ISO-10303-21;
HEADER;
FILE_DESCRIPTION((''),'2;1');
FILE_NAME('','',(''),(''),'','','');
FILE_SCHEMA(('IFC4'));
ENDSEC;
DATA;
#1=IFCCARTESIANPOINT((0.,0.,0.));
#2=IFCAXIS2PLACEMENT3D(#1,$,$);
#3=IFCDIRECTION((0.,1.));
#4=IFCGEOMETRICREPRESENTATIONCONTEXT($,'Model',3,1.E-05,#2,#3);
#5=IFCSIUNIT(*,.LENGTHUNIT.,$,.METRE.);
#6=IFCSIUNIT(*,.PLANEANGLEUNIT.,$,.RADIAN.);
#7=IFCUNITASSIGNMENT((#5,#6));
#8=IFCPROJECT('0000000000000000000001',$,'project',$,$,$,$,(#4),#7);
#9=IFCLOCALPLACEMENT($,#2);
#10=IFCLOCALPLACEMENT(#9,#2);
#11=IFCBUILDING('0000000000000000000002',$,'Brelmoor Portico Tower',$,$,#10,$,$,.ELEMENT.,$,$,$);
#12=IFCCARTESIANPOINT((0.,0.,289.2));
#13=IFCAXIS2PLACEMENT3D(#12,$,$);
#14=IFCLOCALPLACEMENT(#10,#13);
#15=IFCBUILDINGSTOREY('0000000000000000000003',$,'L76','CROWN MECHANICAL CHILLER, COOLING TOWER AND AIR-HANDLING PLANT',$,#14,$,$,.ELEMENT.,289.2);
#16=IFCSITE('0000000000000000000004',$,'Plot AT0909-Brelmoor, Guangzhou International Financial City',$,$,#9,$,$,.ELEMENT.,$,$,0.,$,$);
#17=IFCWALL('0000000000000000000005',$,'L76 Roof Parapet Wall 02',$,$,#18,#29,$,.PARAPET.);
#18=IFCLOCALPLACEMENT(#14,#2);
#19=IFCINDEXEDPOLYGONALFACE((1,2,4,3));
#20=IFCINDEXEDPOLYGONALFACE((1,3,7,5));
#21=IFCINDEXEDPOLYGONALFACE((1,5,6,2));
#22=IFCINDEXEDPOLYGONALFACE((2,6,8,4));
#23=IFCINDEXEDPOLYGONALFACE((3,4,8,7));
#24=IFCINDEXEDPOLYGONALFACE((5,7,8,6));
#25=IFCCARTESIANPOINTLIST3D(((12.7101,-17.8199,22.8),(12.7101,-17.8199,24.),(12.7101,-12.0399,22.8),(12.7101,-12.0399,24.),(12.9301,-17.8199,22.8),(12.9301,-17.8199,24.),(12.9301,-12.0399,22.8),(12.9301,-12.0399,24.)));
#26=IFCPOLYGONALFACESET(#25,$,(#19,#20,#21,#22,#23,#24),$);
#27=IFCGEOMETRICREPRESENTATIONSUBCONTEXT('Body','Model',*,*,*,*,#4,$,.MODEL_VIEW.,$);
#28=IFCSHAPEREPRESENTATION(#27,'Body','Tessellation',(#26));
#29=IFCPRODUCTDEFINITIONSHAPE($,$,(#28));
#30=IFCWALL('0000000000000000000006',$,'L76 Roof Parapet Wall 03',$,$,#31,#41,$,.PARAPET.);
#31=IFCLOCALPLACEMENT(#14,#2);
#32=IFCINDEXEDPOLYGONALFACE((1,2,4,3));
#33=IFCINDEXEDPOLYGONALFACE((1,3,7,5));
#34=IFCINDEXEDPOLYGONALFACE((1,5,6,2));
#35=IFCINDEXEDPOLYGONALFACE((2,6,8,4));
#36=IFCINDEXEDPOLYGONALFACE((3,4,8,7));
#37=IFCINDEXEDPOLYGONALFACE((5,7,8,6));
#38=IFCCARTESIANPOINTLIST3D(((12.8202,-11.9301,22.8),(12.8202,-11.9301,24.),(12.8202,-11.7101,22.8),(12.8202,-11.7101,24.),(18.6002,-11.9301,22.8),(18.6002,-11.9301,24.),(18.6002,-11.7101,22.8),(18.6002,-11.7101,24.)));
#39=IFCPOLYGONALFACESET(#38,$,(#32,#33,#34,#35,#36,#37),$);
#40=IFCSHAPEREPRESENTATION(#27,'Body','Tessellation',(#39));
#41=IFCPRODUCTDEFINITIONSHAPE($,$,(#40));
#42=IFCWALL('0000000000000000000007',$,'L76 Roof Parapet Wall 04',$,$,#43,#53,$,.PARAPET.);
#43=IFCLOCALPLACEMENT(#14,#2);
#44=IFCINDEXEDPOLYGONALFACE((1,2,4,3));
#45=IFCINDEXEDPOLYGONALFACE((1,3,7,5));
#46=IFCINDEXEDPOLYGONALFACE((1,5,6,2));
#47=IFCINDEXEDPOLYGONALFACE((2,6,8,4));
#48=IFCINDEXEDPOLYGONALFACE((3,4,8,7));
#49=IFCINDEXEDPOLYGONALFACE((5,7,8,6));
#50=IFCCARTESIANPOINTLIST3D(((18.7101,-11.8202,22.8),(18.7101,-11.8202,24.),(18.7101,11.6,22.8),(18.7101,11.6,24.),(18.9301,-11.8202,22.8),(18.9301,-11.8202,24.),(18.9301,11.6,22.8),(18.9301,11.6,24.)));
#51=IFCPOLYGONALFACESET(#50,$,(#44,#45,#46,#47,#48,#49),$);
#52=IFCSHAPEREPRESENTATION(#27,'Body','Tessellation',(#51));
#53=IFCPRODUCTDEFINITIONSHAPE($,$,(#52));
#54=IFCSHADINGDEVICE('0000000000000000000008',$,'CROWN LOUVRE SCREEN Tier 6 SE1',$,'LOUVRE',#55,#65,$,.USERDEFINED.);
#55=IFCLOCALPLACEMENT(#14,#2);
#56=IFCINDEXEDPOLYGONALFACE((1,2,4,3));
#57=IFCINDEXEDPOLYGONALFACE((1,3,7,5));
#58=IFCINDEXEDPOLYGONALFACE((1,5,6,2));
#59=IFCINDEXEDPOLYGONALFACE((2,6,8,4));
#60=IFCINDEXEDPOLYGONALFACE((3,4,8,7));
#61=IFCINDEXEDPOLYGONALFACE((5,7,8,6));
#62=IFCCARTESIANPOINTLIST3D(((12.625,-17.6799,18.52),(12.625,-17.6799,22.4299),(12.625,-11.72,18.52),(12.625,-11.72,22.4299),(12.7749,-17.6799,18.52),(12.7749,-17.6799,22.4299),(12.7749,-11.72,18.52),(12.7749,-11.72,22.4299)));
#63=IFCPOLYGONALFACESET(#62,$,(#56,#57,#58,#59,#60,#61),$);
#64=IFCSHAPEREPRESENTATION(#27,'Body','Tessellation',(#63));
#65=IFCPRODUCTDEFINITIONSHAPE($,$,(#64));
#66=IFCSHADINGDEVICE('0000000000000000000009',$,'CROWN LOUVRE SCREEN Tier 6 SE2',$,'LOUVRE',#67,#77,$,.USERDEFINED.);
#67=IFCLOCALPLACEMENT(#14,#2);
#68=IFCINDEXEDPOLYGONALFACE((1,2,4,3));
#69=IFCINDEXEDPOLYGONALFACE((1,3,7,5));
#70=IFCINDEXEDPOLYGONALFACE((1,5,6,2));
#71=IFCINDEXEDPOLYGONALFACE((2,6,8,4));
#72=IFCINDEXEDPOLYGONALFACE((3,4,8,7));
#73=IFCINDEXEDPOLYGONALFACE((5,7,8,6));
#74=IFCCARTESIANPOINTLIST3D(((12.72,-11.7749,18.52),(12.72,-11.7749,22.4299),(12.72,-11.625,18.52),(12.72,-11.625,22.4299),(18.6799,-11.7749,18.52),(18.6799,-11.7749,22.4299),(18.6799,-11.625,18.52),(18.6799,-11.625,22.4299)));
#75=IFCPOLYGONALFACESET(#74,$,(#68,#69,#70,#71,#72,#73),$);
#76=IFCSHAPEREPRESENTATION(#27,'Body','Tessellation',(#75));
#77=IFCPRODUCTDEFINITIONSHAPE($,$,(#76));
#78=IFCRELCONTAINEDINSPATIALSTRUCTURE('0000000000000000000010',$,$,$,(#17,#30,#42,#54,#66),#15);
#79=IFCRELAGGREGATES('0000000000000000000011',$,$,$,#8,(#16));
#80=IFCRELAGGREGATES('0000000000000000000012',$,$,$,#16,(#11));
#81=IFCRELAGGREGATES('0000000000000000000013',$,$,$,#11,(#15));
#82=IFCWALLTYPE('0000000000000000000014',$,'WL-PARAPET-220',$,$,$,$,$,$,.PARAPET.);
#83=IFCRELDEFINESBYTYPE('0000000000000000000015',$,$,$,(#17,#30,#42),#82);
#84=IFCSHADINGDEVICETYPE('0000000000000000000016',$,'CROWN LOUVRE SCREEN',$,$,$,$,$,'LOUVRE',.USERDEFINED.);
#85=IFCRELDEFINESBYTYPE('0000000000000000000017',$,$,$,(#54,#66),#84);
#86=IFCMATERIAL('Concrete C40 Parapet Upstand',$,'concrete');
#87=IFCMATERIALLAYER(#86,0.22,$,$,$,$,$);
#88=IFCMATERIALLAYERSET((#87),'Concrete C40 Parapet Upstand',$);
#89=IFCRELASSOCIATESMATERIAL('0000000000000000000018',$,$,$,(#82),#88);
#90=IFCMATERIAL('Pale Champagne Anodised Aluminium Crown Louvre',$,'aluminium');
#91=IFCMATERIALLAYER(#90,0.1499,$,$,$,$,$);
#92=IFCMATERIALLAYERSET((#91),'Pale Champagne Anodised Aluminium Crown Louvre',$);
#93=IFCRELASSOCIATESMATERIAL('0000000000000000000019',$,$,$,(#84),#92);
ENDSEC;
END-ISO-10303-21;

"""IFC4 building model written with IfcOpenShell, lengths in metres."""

from ifc_helpers import new_model, si_unit, direction, frame, frame_2d, origin, origin_2d, place, context, subcontext, project, spatial, rectangle, extrude, material, layer, layer_set, type_object, element, save


model = new_model("IFC4")

# Units and contexts
model_context = context("Model", 3, precision=1e-05, world=origin(), true_north=direction((0.0, 1.0)))
body_context = subcontext(model_context, "Body", "Model", "MODEL_VIEW")
ifc_project = project(units=[si_unit("LENGTHUNIT", "METRE"), si_unit("PLANEANGLEUNIT", "RADIAN")], contexts=[model_context])

# Site, building, storey
site_placement = place(None, origin())
site = spatial("IfcSite", under=ifc_project, at=site_placement, Name="Plot AT0909-Brelmoor, Guangzhou International Financial City", CompositionType="ELEMENT", RefElevation=0.0)
building_placement = place(site_placement, origin())
building = spatial("IfcBuilding", under=site, at=building_placement, Name="Brelmoor Portico Tower", CompositionType="ELEMENT")
storey_placement = place(building_placement, frame((0.0, 0.0, 289.2)))
storey = spatial("IfcBuildingStorey", under=building, at=storey_placement, Name="L76", Description="CROWN MECHANICAL CHILLER, COOLING TOWER AND AIR-HANDLING PLANT", CompositionType="ELEMENT", Elevation=289.2)

# Walls
ifc_material_1 = material(Name="Concrete C40 Parapet Upstand", Category="concrete")
ifc_layer_1 = layer(ifc_material_1, 0.22)
ifc_layer_set_1 = layer_set([ifc_layer_1], Name="Concrete C40 Parapet Upstand")
wall_type = type_object("IfcWallType", Name="WL-PARAPET-220", PredefinedType="PARAPET", material=ifc_layer_set_1)
for number, where, z_axis, x_axis, name in (
    (1, (12.8201, -17.8201, 22.8), (0.0, 0.0, 1.0), (0.0, 1.0, 0.0), "L76 Roof Parapet Wall 02"),
    (2, (12.8201, -11.8201, 22.8), (0.0, 0.0, 1.0), (1.0, 0.0, 0.0), "L76 Roof Parapet Wall 03"),
):
    element("IfcWall", number, at=place(storey_placement, frame(where, z_axis=z_axis, x_axis=x_axis)), inside=storey, type_object=wall_type, Name=name, PredefinedType="PARAPET", context=body_context, shape_type="SweptSolid", body=[
        extrude(rectangle(XDim=5.78, YDim=0.22, at=frame_2d((2.8901, 0.0))), origin(), (0.0, 0.0, 1.0), 1.2),
    ])
wall_placement = place(storey_placement, frame((18.8201, -11.8201, 22.8), z_axis=(0.0, 0.0, 1.0), x_axis=(0.0, 1.0, 0.0)))
element("IfcWall", 3, at=wall_placement, inside=storey, type_object=wall_type, Name="L76 Roof Parapet Wall 04", PredefinedType="PARAPET", context=body_context, shape_type="SweptSolid", body=[
    extrude(rectangle(XDim=23.4202, YDim=0.22, at=frame_2d((11.71, 0.0))), origin(), (0.0, 0.0, 1.0), 1.2),
])

# Shading devices
ifc_material_2 = material(Name="Pale Champagne Anodised Aluminium Crown Louvre", Category="aluminium")
ifc_layer_2 = layer(ifc_material_2, 0.1499)
ifc_layer_set_2 = layer_set([ifc_layer_2], Name="Pale Champagne Anodised Aluminium Crown Louvre")
shading_device_type = type_object("IfcShadingDeviceType", Name="CROWN LOUVRE SCREEN", ElementType="LOUVRE", PredefinedType="USERDEFINED", material=ifc_layer_set_2)
for number, where, z_axis, x_axis, name in (
    (4, (12.7, -14.7, 18.52), (0.0, 0.0, 1.0), (0.0, 1.0, 0.0), "CROWN LOUVRE SCREEN Tier 6 SE1"),
    (5, (15.7, -11.7, 18.52), (0.0, 0.0, 1.0), (1.0, 0.0, 0.0), "CROWN LOUVRE SCREEN Tier 6 SE2"),
):
    element("IfcShadingDevice", number, at=place(storey_placement, frame(where, z_axis=z_axis, x_axis=x_axis)), inside=storey, type_object=shading_device_type, Name=name, ObjectType="LOUVRE", PredefinedType="USERDEFINED", context=body_context, shape_type="SweptSolid", body=[
        extrude(rectangle(XDim=5.96, YDim=0.1499, at=origin_2d()), origin(), (0.0, 0.0, 1.0), 3.9099),
    ])

save(model, "model.ifc")
